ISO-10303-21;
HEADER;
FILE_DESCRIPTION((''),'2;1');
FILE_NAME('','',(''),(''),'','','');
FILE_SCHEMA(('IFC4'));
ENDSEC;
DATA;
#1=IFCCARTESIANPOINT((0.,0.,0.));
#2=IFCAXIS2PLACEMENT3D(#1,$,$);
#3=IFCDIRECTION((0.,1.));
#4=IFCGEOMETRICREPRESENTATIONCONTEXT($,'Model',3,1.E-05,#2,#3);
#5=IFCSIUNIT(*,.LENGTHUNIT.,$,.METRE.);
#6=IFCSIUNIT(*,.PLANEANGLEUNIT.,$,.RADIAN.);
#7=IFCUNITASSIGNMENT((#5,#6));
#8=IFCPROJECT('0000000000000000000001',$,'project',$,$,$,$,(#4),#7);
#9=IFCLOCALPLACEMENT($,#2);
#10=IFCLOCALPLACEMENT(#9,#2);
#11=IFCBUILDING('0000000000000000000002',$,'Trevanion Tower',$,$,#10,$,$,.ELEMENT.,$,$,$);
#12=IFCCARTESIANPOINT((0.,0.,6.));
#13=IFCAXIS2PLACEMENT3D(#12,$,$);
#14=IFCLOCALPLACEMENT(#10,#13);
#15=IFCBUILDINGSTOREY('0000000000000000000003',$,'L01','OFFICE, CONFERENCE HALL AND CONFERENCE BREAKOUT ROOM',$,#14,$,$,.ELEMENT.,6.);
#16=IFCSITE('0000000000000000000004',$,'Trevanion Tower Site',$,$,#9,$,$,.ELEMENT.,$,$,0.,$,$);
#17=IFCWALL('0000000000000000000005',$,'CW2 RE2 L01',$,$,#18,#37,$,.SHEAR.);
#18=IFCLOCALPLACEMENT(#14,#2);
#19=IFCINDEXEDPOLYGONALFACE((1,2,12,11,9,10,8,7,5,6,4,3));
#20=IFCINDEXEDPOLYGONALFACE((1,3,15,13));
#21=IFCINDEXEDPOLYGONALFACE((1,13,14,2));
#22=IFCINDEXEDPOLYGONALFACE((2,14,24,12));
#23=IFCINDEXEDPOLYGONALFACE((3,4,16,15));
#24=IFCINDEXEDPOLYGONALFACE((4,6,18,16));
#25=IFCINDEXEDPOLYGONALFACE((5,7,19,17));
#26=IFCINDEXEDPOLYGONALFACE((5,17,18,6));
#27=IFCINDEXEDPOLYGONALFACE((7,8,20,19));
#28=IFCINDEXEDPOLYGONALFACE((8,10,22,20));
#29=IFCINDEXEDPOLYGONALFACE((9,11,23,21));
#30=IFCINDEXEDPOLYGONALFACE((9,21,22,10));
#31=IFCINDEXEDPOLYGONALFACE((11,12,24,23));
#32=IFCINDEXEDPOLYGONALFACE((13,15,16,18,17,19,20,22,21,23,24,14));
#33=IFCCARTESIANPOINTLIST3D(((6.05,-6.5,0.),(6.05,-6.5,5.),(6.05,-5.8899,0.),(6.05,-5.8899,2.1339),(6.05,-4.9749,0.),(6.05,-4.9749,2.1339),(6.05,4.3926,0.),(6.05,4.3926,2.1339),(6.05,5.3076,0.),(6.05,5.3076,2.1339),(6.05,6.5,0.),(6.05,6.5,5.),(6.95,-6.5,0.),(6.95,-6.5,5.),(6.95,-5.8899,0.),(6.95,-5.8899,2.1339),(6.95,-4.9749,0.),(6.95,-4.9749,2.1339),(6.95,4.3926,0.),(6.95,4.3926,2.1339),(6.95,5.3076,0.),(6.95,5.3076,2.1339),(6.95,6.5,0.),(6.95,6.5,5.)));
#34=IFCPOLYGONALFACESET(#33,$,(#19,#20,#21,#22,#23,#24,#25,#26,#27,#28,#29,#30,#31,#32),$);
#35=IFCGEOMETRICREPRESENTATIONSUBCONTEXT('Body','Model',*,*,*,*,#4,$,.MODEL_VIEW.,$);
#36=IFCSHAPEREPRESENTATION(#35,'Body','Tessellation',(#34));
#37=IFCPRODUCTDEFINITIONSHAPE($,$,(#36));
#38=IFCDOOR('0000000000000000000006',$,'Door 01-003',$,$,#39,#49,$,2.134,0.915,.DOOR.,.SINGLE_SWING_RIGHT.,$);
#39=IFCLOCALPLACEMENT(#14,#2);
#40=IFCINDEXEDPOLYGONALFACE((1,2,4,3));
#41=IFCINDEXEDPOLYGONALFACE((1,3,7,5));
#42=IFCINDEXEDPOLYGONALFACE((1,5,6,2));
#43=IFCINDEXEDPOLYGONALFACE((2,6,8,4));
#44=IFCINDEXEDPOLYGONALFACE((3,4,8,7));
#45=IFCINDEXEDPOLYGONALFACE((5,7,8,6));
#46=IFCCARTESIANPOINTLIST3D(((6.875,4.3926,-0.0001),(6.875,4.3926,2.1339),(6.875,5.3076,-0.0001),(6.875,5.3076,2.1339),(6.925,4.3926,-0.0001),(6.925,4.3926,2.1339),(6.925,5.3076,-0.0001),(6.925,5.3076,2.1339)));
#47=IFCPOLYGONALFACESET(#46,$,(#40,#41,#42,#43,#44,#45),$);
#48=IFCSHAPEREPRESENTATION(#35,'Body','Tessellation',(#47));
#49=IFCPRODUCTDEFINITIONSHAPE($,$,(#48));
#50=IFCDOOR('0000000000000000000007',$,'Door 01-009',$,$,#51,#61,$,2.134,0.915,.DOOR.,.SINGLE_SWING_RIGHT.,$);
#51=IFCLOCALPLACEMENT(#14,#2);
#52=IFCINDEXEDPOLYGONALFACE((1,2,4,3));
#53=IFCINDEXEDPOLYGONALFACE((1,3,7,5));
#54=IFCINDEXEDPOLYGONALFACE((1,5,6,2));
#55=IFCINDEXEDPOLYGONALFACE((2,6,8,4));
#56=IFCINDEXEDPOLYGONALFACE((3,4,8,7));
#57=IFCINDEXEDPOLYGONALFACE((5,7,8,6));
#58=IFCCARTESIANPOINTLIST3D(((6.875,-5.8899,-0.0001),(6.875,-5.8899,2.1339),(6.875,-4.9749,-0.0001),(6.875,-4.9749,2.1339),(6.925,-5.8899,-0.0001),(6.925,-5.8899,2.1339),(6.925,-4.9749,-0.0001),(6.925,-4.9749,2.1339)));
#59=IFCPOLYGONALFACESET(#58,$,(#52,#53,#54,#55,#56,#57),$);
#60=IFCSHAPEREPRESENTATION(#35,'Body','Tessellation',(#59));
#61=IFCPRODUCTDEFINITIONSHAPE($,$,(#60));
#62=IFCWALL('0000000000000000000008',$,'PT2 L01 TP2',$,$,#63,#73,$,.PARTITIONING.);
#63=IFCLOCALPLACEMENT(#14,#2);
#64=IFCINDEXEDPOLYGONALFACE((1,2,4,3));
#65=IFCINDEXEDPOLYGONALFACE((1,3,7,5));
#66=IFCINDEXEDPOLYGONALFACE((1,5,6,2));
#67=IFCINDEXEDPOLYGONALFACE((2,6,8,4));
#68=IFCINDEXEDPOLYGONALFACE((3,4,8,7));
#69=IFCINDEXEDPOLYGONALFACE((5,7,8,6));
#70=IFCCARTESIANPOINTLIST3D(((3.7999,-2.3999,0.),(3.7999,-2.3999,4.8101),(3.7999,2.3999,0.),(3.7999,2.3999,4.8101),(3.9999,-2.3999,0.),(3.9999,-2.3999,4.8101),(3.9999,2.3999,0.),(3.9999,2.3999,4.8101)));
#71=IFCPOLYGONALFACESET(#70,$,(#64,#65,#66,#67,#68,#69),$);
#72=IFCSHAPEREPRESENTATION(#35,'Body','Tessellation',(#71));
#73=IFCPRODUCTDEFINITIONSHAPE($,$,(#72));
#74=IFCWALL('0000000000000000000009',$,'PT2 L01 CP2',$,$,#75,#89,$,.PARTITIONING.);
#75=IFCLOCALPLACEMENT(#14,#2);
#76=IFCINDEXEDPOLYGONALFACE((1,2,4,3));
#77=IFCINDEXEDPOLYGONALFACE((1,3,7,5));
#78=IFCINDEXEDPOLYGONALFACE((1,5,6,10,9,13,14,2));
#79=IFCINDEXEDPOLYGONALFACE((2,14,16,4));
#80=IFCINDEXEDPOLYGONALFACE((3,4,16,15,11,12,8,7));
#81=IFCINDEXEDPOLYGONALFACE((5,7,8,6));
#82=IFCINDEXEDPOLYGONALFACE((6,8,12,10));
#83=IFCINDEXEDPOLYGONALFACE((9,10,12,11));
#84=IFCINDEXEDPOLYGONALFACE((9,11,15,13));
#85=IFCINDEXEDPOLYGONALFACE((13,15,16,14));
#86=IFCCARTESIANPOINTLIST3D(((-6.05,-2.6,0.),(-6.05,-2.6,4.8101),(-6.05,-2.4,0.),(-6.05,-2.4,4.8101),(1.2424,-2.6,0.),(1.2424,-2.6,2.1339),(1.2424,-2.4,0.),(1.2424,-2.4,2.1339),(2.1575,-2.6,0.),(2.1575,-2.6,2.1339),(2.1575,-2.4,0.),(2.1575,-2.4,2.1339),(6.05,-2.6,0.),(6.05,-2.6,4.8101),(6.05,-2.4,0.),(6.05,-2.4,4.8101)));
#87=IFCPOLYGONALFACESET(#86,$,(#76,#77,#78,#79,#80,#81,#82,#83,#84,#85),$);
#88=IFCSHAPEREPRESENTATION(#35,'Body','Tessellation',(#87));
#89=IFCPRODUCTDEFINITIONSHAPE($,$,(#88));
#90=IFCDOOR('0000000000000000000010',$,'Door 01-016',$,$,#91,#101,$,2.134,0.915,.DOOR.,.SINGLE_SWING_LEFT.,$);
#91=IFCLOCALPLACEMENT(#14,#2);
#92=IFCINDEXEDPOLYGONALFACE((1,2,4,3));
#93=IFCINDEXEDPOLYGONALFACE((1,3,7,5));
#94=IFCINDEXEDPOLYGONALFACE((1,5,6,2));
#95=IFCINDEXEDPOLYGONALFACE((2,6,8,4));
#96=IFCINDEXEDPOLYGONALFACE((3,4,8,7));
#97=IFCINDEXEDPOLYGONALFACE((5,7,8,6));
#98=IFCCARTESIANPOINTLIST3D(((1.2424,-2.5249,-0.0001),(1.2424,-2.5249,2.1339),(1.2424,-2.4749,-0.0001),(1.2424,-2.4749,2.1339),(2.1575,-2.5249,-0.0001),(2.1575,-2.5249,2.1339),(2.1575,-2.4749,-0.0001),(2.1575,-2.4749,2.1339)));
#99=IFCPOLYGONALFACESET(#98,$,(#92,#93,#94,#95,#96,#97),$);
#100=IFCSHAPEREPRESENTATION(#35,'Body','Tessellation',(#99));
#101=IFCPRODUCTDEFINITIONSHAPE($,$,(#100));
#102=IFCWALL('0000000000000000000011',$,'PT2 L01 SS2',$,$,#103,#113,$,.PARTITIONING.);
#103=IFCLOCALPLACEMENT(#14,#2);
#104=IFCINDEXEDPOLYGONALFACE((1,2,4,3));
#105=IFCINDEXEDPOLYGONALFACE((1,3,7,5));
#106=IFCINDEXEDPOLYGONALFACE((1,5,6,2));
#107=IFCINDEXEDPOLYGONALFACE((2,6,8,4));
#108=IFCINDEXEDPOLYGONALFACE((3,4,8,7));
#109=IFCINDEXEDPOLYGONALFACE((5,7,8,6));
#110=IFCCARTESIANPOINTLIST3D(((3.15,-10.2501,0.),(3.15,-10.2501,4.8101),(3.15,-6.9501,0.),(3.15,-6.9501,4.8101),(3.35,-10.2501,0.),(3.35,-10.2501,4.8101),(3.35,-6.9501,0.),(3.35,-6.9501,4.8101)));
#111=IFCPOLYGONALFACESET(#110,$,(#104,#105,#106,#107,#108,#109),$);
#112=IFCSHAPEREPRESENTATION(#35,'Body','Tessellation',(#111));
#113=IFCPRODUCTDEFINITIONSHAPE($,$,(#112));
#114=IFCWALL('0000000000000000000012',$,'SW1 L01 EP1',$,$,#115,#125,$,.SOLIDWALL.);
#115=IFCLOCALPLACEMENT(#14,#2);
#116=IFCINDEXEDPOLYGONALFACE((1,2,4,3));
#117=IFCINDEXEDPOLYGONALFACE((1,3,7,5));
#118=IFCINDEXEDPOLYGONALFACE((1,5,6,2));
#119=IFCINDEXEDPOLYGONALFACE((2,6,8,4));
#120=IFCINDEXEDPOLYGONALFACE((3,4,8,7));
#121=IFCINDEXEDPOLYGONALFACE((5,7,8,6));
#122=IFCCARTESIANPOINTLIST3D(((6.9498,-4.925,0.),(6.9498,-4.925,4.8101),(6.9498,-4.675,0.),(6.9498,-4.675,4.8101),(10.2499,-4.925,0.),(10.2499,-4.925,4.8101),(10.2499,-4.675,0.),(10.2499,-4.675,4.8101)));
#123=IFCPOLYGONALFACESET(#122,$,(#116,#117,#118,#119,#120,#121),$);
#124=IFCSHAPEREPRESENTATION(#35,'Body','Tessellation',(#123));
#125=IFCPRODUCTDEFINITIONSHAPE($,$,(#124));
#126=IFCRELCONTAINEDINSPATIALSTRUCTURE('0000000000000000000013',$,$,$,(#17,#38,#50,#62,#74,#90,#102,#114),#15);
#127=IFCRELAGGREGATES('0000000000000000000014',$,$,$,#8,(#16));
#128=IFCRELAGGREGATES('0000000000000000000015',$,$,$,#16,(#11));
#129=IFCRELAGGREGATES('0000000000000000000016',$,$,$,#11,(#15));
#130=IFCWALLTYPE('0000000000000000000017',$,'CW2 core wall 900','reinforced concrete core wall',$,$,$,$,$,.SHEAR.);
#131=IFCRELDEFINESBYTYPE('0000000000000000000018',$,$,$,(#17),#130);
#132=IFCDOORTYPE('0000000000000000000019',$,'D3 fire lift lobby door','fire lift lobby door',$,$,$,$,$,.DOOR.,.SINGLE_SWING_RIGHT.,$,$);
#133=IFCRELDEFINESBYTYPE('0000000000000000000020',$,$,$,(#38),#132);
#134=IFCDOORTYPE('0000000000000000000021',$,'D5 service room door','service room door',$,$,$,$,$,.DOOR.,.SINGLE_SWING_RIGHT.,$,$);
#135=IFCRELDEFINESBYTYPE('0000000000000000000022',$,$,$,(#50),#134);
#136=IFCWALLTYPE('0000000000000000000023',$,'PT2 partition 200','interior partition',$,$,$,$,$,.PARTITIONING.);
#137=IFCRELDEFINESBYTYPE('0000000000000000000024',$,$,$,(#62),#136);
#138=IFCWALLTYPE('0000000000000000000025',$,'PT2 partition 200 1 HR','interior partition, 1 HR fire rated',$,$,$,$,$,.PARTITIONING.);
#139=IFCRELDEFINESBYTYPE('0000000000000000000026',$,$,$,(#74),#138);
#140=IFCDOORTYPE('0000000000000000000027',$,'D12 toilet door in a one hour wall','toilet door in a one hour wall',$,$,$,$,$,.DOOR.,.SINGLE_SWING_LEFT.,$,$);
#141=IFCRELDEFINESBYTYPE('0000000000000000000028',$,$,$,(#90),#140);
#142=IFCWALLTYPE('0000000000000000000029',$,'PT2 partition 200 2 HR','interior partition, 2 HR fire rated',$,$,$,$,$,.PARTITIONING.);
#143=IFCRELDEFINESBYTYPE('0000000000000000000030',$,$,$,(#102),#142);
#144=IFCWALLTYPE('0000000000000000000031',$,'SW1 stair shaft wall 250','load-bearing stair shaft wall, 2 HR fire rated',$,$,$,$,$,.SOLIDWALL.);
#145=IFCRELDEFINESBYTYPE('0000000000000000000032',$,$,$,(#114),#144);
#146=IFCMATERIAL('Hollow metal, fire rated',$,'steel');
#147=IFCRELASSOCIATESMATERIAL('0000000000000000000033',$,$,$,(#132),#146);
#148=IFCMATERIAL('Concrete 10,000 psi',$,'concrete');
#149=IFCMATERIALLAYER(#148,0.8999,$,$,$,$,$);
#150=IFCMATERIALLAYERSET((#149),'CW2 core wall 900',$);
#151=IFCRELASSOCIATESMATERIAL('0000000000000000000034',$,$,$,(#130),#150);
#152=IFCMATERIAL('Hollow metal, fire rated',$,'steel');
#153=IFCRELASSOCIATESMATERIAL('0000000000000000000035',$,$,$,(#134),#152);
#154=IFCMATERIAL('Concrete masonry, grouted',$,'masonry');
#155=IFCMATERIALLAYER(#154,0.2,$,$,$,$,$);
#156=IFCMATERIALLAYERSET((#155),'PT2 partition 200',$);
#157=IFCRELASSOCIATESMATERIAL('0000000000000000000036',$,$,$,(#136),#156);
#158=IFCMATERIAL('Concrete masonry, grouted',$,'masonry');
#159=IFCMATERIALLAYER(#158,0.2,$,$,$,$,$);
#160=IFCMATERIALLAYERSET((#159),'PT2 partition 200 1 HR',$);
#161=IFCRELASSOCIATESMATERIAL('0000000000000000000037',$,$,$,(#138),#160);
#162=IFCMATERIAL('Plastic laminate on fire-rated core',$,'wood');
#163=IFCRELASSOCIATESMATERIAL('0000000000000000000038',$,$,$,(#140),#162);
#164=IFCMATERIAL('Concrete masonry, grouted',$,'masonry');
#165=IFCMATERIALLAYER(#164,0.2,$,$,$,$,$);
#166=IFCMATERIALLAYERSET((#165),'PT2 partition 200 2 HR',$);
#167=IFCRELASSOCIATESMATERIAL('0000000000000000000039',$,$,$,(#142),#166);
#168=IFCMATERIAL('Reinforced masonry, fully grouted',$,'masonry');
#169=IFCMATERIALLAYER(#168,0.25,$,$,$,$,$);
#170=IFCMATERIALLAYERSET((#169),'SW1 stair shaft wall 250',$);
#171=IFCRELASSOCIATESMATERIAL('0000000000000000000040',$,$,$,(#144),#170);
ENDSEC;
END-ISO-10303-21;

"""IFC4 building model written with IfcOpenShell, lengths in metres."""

from ifc_helpers import new_model, si_unit, direction, frame, frame_2d, origin, place, context, subcontext, project, spatial, rectangle, extrude, material, layer, layer_set, type_object, element, fill, save


model = new_model("IFC4")

# Units and contexts
model_context = context("Model", 3, precision=1e-05, world=origin(), true_north=direction((0.0, 1.0)))
body_context = subcontext(model_context, "Body", "Model", "MODEL_VIEW")
ifc_project = project(units=[si_unit("LENGTHUNIT", "METRE"), si_unit("PLANEANGLEUNIT", "RADIAN")], contexts=[model_context])

# Site, building, storey
site_placement = place(None, origin())
site = spatial("IfcSite", under=ifc_project, at=site_placement, Name="Trevanion Tower Site", CompositionType="ELEMENT", RefElevation=0.0)
building_placement = place(site_placement, origin())
building = spatial("IfcBuilding", under=site, at=building_placement, Name="Trevanion Tower", CompositionType="ELEMENT")
storey_placement = place(building_placement, frame((0.0, 0.0, 6.0)))
storey = spatial("IfcBuildingStorey", under=building, at=storey_placement, Name="L01", Description="OFFICE, CONFERENCE HALL AND CONFERENCE BREAKOUT ROOM", CompositionType="ELEMENT", Elevation=6.0)

# Shared definitions
ifc_material_1 = material(Name="Hollow metal, fire rated", Category="steel")
door_type_1 = type_object("IfcDoorType", Name="D3 fire lift lobby door", Description="fire lift lobby door", OperationType="SINGLE_SWING_RIGHT", PredefinedType="DOOR", material=ifc_material_1)

# Shared definitions
ifc_material_2 = material(Name="Concrete 10,000 psi", Category="concrete")
ifc_layer_1 = layer(ifc_material_2, 0.8999)
ifc_layer_set_1 = layer_set([ifc_layer_1], Name="CW2 core wall 900")
wall_type_1 = type_object("IfcWallType", Name="CW2 core wall 900", Description="reinforced concrete core wall", PredefinedType="SHEAR", material=ifc_layer_set_1)

# Wall, openings, doors
wall_1_placement = place(storey_placement, frame((6.5, -6.5, 0.0), z_axis=(0.0, 0.0, 1.0), x_axis=(0.0, 1.0, 0.0)))
wall_1 = element("IfcWall", 1, at=wall_1_placement, inside=storey, type_object=wall_type_1, Name="CW2 RE2 L01", PredefinedType="SHEAR", context=body_context, shape_type="SweptSolid", body=[
    extrude(rectangle(XDim=13.0, YDim=0.8999, at=frame_2d((6.5, 0.0))), origin(), (0.0, 0.0, 1.0), 5.0),
])
opening_1_placement = place(wall_1_placement, frame((10.8926, 0.0, 0.0)))
opening_1 = element("IfcOpeningElement", 2, at=opening_1_placement, cuts=wall_1, PredefinedType="OPENING", context=body_context, shape_type="SweptSolid", body=[
    extrude(rectangle(XDim=0.915, YDim=2.134, at=frame_2d((0.4575, 1.0669))), frame((0.0, 0.46, 0.0), z_axis=(0.0, -1.0, 0.0), x_axis=(1.0, 0.0, 0.0)), (0.0, 0.0, 1.0), 0.9199),
])
opening_2_placement = place(wall_1_placement, frame((0.6101, 0.0, 0.0)))
opening_2 = element("IfcOpeningElement", 3, at=opening_2_placement, cuts=wall_1, PredefinedType="OPENING", context=body_context, shape_type="SweptSolid", body=[
    extrude(rectangle(XDim=0.915, YDim=2.134, at=frame_2d((0.4575, 1.0669))), frame((0.0, 0.46, 0.0), z_axis=(0.0, -1.0, 0.0), x_axis=(1.0, 0.0, 0.0)), (0.0, 0.0, 1.0), 0.9199),
])
door_1_placement = place(opening_1_placement, origin())
door_1 = element("IfcDoor", 4, at=door_1_placement, inside=storey, type_object=door_type_1, Name="Door 01-003", OperationType="SINGLE_SWING_RIGHT", OverallHeight=2.134, OverallWidth=0.915, PredefinedType="DOOR", context=body_context, shape_type="SweptSolid", body=[
    extrude(rectangle(XDim=0.915, YDim=2.134, at=frame_2d((0.4575, 1.0669))), frame((0.0, -0.375, 0.0), z_axis=(0.0, -1.0, 0.0), x_axis=(1.0, 0.0, 0.0)), (0.0, 0.0, 1.0), 0.05),
])
fill(opening_1, door_1)
ifc_material_3 = material(Name="Hollow metal, fire rated", Category="steel")
door_type_2 = type_object("IfcDoorType", Name="D5 service room door", Description="service room door", OperationType="SINGLE_SWING_RIGHT", PredefinedType="DOOR", material=ifc_material_3)
door_2_placement = place(opening_2_placement, origin())
door_2 = element("IfcDoor", 5, at=door_2_placement, inside=storey, type_object=door_type_2, Name="Door 01-009", OperationType="SINGLE_SWING_RIGHT", OverallHeight=2.134, OverallWidth=0.915, PredefinedType="DOOR", context=body_context, shape_type="SweptSolid", body=[
    extrude(rectangle(XDim=0.915, YDim=2.134, at=frame_2d((0.4575, 1.0669))), frame((0.0, -0.375, 0.0), z_axis=(0.0, -1.0, 0.0), x_axis=(1.0, 0.0, 0.0)), (0.0, 0.0, 1.0), 0.05),
])
fill(opening_2, door_2)

# Wall
ifc_material_4 = material(Name="Concrete masonry, grouted", Category="masonry")
ifc_layer_2 = layer(ifc_material_4, 0.2)
ifc_layer_set_2 = layer_set([ifc_layer_2], Name="PT2 partition 200")
wall_type_2 = type_object("IfcWallType", Name="PT2 partition 200", Description="interior partition", PredefinedType="PARTITIONING", material=ifc_layer_set_2)
wall_2_placement = place(storey_placement, frame((3.8999, -2.3999, 0.0), z_axis=(0.0, 0.0, 1.0), x_axis=(0.0, 1.0, 0.0)))
element("IfcWall", 6, at=wall_2_placement, inside=storey, type_object=wall_type_2, Name="PT2 L01 TP2", PredefinedType="PARTITIONING", context=body_context, shape_type="SweptSolid", body=[
    extrude(rectangle(XDim=4.7998, YDim=0.2, at=frame_2d((2.3999, 0.0))), origin(), (0.0, 0.0, 1.0), 4.8101),
])

# Wall, opening, door
ifc_material_5 = material(Name="Concrete masonry, grouted", Category="masonry")
ifc_layer_3 = layer(ifc_material_5, 0.2)
ifc_layer_set_3 = layer_set([ifc_layer_3], Name="PT2 partition 200 1 HR")
wall_type_3 = type_object("IfcWallType", Name="PT2 partition 200 1 HR", Description="interior partition, 1 HR fire rated", PredefinedType="PARTITIONING", material=ifc_layer_set_3)
wall_3_placement = place(storey_placement, frame((6.05, -2.5, 0.0), z_axis=(0.0, 0.0, 1.0), x_axis=(-1.0, 0.0, 0.0)))
wall_3 = element("IfcWall", 7, at=wall_3_placement, inside=storey, type_object=wall_type_3, Name="PT2 L01 CP2", PredefinedType="PARTITIONING", context=body_context, shape_type="SweptSolid", body=[
    extrude(rectangle(XDim=12.1001, YDim=0.2, at=frame_2d((6.05, 0.0))), origin(), (0.0, 0.0, 1.0), 4.8101),
])
opening_3_placement = place(wall_3_placement, frame((3.8926, 0.0, 0.0)))
opening_3 = element("IfcOpeningElement", 8, at=opening_3_placement, cuts=wall_3, PredefinedType="OPENING", context=body_context, shape_type="SweptSolid", body=[
    extrude(rectangle(XDim=0.915, YDim=2.134, at=frame_2d((0.4575, 1.0669))), frame((0.0, 0.1099, 0.0), z_axis=(0.0, -1.0, 0.0), x_axis=(1.0, 0.0, 0.0)), (0.0, 0.0, 1.0), 0.22),
])
ifc_material_6 = material(Name="Plastic laminate on fire-rated core", Category="wood")
door_type_3 = type_object("IfcDoorType", Name="D12 toilet door in a one hour wall", Description="toilet door in a one hour wall", OperationType="SINGLE_SWING_LEFT", PredefinedType="DOOR", material=ifc_material_6)
door_3_placement = place(opening_3_placement, origin())
door_3 = element("IfcDoor", 9, at=door_3_placement, inside=storey, type_object=door_type_3, Name="Door 01-016", OperationType="SINGLE_SWING_LEFT", OverallHeight=2.134, OverallWidth=0.915, PredefinedType="DOOR", context=body_context, shape_type="SweptSolid", body=[
    extrude(rectangle(XDim=0.915, YDim=2.134, at=frame_2d((0.4575, 1.0669))), frame((0.0, 0.0249, 0.0), z_axis=(0.0, -1.0, 0.0), x_axis=(1.0, 0.0, 0.0)), (0.0, 0.0, 1.0), 0.05),
])
fill(opening_3, door_3)

# Walls
ifc_material_7 = material(Name="Concrete masonry, grouted", Category="masonry")
ifc_layer_4 = layer(ifc_material_7, 0.2)
ifc_layer_set_4 = layer_set([ifc_layer_4], Name="PT2 partition 200 2 HR")
wall_type_4 = type_object("IfcWallType", Name="PT2 partition 200 2 HR", Description="interior partition, 2 HR fire rated", PredefinedType="PARTITIONING", material=ifc_layer_set_4)
wall_4_placement = place(storey_placement, frame((3.25, -10.25, 0.0), z_axis=(0.0, 0.0, 1.0), x_axis=(0.0, 1.0, 0.0)))
element("IfcWall", 10, at=wall_4_placement, inside=storey, type_object=wall_type_4, Name="PT2 L01 SS2", PredefinedType="PARTITIONING", context=body_context, shape_type="SweptSolid", body=[
    extrude(rectangle(XDim=3.3, YDim=0.2, at=frame_2d((1.6499, 0.0))), origin(), (0.0, 0.0, 1.0), 4.8101),
])
ifc_material_8 = material(Name="Reinforced masonry, fully grouted", Category="masonry")
ifc_layer_5 = layer(ifc_material_8, 0.25)
ifc_layer_set_5 = layer_set([ifc_layer_5], Name="SW1 stair shaft wall 250")
wall_type_5 = type_object("IfcWallType", Name="SW1 stair shaft wall 250", Description="load-bearing stair shaft wall, 2 HR fire rated", PredefinedType="SOLIDWALL", material=ifc_layer_set_5)
wall_5_placement = place(storey_placement, frame((6.95, -4.8, 0.0), z_axis=(0.0, 0.0, 1.0), x_axis=(1.0, 0.0, 0.0)))
element("IfcWall", 11, at=wall_5_placement, inside=storey, type_object=wall_type_5, Name="SW1 L01 EP1", PredefinedType="SOLIDWALL", context=body_context, shape_type="SweptSolid", body=[
    extrude(rectangle(XDim=3.3, YDim=0.25, at=frame_2d((1.6499, 0.0))), origin(), (0.0, 0.0, 1.0), 4.8101),
])

save(model, "model.ifc")
